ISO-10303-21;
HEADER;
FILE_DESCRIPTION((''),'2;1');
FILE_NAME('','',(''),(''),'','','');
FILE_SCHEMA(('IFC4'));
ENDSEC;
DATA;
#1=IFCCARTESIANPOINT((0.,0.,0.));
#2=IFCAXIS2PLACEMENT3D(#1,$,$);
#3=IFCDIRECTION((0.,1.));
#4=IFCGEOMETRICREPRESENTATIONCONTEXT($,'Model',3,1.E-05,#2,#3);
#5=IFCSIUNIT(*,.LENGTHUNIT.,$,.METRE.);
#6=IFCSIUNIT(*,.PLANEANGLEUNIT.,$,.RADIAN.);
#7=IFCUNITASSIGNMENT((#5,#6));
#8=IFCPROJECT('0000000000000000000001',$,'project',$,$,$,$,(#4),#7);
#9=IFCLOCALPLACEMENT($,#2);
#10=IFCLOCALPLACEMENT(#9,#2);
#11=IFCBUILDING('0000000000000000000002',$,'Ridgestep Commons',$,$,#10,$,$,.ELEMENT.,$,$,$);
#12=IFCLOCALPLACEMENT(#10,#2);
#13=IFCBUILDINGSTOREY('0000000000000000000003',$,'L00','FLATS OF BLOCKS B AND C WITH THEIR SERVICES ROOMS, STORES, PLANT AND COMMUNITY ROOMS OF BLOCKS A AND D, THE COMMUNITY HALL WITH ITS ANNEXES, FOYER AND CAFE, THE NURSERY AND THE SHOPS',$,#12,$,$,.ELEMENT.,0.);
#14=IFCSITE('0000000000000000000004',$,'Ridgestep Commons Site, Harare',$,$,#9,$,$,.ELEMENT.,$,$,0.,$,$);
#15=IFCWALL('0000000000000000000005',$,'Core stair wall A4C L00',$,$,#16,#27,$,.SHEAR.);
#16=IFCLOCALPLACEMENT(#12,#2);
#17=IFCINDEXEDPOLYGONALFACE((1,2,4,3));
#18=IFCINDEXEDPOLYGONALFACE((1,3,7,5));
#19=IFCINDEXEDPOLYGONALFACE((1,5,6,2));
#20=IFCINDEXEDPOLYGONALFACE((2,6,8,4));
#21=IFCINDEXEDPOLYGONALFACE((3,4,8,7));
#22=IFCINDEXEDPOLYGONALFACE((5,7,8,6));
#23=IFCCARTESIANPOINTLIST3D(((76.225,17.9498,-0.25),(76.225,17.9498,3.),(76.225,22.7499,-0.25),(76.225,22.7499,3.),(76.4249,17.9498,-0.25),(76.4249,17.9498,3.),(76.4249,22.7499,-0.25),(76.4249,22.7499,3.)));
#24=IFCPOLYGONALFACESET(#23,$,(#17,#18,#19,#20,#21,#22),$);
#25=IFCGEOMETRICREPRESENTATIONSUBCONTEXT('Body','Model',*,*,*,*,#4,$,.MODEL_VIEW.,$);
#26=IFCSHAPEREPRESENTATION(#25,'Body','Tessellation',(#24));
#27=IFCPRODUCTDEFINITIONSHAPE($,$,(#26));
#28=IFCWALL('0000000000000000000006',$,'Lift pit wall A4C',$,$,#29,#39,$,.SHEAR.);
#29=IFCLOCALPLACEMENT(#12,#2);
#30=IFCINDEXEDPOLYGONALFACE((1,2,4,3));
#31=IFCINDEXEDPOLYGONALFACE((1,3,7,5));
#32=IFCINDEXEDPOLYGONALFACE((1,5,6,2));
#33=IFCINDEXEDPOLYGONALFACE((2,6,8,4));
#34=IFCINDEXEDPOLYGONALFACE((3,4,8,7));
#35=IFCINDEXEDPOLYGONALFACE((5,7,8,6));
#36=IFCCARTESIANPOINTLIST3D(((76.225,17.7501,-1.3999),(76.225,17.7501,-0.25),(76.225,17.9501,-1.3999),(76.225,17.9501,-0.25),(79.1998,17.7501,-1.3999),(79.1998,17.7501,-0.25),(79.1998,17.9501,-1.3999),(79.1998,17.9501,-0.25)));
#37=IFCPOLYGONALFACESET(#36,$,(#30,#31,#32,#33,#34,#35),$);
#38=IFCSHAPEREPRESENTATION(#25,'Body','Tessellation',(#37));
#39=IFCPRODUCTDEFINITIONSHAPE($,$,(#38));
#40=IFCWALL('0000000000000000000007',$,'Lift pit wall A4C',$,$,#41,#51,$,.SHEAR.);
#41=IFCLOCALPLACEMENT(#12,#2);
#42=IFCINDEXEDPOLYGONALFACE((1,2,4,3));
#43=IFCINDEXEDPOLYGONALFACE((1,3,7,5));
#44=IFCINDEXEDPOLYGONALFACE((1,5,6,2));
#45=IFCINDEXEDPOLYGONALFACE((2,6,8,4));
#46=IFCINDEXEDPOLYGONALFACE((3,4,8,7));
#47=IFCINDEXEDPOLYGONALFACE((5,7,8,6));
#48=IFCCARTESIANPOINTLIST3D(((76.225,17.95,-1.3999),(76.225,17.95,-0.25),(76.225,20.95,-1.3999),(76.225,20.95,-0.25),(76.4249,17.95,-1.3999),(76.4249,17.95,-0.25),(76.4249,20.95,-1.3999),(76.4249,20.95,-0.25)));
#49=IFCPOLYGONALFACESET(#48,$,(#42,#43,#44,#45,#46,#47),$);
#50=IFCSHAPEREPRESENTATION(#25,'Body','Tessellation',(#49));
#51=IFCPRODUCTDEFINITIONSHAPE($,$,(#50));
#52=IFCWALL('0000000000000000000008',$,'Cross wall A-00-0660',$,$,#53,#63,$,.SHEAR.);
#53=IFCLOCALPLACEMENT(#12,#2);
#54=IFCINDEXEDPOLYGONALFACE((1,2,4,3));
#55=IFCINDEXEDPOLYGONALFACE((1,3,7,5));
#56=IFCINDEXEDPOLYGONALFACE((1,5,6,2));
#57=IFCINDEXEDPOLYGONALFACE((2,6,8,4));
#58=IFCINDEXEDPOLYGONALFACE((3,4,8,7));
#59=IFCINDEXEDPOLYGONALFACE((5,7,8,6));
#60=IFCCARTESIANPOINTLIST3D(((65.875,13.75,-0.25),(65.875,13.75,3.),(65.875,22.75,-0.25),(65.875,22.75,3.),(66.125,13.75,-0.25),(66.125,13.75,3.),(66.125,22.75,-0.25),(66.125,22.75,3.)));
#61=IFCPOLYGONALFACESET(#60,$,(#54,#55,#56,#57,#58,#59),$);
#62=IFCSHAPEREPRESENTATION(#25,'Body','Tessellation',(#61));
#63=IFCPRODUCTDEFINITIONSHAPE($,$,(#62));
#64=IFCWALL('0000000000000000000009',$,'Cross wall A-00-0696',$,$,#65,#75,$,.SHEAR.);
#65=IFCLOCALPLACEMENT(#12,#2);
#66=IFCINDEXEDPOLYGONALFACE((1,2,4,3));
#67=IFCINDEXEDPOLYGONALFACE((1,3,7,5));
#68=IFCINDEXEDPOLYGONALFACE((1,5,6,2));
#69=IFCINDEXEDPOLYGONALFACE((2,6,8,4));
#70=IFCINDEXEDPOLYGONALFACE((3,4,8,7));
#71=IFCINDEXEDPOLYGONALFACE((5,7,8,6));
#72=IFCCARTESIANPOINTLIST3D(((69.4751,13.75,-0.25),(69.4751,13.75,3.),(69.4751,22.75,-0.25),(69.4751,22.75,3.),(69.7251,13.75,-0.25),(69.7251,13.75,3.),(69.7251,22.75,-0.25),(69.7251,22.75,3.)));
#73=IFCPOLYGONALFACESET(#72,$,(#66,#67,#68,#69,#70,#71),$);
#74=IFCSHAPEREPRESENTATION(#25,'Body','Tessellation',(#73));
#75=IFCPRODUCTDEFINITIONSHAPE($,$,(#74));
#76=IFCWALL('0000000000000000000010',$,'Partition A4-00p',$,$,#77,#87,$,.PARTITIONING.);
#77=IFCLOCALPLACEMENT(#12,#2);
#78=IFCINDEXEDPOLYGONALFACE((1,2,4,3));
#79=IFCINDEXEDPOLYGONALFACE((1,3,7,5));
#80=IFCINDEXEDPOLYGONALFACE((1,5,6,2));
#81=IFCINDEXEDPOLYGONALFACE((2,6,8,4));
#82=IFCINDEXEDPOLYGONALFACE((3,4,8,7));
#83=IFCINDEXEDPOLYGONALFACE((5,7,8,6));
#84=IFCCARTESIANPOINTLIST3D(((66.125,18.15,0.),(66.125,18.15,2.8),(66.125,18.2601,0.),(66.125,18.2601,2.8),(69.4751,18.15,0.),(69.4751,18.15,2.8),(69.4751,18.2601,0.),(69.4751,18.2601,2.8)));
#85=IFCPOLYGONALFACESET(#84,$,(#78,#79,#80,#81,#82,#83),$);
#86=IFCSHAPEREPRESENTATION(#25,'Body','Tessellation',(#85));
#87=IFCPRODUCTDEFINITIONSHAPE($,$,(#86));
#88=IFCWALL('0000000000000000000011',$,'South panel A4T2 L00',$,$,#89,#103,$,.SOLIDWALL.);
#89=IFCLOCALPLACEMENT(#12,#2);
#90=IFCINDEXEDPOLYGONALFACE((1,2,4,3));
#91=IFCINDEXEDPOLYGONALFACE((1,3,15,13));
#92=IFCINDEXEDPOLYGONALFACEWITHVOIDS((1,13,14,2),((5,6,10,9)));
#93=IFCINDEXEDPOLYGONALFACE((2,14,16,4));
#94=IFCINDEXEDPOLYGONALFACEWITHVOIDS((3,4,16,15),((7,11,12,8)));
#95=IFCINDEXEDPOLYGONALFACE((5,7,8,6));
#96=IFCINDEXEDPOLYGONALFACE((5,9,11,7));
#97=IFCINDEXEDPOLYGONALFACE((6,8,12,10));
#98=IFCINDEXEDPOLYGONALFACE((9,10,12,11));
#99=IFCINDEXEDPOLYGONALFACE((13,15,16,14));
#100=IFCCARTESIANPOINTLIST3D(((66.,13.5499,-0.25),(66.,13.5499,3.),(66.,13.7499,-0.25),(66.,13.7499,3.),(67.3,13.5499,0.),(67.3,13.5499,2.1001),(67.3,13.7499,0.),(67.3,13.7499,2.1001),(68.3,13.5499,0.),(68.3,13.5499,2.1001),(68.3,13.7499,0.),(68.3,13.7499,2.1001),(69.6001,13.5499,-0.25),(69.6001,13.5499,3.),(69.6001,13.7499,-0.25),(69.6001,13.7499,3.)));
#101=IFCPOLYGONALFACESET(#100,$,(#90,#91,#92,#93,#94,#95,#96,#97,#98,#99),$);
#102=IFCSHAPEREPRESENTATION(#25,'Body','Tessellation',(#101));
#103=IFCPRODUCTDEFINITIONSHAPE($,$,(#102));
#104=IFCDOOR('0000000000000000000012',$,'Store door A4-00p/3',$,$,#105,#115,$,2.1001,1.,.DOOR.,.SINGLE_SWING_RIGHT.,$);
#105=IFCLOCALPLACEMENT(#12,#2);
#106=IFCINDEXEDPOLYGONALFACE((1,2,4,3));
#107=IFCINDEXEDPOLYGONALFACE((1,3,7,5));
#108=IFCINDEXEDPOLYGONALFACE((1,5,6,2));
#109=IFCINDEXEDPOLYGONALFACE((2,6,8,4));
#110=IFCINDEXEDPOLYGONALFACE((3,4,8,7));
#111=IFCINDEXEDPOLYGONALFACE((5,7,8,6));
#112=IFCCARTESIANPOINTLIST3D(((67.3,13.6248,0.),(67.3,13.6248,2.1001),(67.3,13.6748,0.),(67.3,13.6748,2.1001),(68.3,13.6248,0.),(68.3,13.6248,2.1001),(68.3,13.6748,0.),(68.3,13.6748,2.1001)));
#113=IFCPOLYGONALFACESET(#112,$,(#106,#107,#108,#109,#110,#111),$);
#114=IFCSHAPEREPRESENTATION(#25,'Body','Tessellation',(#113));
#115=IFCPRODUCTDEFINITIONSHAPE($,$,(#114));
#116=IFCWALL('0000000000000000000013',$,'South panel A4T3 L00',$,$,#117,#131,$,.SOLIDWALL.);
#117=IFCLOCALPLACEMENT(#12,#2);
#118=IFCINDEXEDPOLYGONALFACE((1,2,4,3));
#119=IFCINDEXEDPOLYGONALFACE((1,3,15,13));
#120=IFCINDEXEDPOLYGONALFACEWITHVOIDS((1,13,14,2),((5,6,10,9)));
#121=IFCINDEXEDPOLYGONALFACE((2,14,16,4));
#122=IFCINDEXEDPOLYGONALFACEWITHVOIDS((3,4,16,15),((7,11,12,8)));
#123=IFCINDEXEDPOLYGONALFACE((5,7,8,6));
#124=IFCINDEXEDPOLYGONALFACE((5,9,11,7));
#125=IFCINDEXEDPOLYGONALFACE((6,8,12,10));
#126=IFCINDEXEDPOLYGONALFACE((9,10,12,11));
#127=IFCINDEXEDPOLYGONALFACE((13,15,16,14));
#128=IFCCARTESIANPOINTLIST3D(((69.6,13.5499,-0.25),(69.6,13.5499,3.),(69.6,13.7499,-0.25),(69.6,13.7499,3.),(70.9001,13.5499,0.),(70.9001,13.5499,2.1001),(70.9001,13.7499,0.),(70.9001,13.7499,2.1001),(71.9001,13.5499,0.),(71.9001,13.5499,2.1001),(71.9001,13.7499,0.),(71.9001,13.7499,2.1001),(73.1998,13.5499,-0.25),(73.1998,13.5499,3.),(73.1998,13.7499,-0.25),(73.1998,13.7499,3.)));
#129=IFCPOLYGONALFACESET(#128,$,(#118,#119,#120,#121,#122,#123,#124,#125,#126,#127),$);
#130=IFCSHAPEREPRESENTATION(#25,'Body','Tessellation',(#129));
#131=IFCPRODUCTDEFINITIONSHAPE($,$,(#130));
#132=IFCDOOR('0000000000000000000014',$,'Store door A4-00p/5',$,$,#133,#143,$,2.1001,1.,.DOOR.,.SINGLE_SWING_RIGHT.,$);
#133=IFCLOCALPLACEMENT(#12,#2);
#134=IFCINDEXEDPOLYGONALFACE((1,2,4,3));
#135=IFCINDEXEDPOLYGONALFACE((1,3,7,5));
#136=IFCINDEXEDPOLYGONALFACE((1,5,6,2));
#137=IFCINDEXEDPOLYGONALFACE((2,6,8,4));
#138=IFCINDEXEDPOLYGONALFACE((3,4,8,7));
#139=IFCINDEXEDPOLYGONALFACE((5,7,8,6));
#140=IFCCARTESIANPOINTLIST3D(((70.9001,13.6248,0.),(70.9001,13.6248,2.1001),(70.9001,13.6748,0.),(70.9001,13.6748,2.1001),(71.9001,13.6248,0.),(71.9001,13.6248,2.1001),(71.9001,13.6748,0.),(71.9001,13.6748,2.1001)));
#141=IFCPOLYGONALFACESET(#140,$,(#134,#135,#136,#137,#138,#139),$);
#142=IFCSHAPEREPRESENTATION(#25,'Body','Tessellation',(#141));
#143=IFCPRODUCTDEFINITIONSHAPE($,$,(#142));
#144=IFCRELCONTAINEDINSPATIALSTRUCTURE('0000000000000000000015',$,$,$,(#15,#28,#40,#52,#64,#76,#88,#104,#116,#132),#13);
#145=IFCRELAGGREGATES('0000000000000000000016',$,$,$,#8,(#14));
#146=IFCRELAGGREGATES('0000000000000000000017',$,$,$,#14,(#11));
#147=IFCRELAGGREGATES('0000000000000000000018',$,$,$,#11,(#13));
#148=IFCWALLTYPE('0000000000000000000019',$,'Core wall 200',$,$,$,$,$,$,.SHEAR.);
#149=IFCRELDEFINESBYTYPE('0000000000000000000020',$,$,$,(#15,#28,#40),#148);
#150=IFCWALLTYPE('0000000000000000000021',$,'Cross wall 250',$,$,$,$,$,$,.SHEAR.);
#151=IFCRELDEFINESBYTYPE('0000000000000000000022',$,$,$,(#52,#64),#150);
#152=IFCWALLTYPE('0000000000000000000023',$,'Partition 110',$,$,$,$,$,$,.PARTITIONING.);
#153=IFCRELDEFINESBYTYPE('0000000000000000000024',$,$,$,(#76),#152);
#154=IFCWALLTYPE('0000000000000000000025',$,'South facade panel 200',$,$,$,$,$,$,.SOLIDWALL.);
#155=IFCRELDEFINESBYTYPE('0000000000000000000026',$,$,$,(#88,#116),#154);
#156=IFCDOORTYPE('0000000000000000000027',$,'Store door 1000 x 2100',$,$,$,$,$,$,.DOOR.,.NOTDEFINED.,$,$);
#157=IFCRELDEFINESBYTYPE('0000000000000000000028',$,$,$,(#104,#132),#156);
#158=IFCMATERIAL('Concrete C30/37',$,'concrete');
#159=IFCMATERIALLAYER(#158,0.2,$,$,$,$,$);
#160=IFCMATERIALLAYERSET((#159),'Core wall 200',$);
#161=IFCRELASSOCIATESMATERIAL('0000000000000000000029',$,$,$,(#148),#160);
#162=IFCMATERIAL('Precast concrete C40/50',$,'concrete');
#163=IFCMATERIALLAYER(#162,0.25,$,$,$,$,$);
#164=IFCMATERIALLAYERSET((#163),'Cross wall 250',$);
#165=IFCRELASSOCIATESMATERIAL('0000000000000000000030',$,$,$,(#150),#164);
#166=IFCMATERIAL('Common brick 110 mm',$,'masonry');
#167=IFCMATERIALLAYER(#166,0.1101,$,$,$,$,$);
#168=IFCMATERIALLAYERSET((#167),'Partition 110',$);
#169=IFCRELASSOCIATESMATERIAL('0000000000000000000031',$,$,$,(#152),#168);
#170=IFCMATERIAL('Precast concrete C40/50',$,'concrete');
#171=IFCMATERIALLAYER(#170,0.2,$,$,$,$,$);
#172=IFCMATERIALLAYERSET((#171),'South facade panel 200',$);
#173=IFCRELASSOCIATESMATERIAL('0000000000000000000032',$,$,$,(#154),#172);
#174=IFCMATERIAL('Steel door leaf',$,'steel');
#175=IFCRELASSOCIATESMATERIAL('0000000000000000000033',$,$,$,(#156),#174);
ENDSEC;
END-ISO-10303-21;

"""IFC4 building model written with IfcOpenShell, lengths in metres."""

from ifc_helpers import new_model, si_unit, direction, frame, frame_2d, origin, place, context, subcontext, project, spatial, rectangle, extrude, material, layer, layer_set, type_object, element, fill, save


model = new_model("IFC4")

# Units and contexts
model_context = context("Model", 3, precision=1e-05, world=origin(), true_north=direction((0.0, 1.0)))
body_context = subcontext(model_context, "Body", "Model", "MODEL_VIEW")
ifc_project = project(units=[si_unit("LENGTHUNIT", "METRE"), si_unit("PLANEANGLEUNIT", "RADIAN")], contexts=[model_context])

# Site, building, storey
site_placement = place(None, origin())
site = spatial("IfcSite", under=ifc_project, at=site_placement, Name="Ridgestep Commons Site, Harare", CompositionType="ELEMENT", RefElevation=0.0)
building_placement = place(site_placement, origin())
building = spatial("IfcBuilding", under=site, at=building_placement, Name="Ridgestep Commons", CompositionType="ELEMENT")
storey_placement = place(building_placement, origin())
storey = spatial("IfcBuildingStorey", under=building, at=storey_placement, Name="L00", Description="FLATS OF BLOCKS B AND C WITH THEIR SERVICES ROOMS, STORES, PLANT AND COMMUNITY ROOMS OF BLOCKS A AND D, THE COMMUNITY HALL WITH ITS ANNEXES, FOYER AND CAFE, THE NURSERY AND THE SHOPS", CompositionType="ELEMENT", Elevation=0.0)

# Shared definitions
ifc_material_1 = material(Name="Concrete C30/37", Category="concrete")
ifc_layer_1 = layer(ifc_material_1, 0.2)
ifc_layer_set_1 = layer_set([ifc_layer_1], Name="Core wall 200")
wall_type_1 = type_object("IfcWallType", Name="Core wall 200", PredefinedType="SHEAR", material=ifc_layer_set_1)

# Walls
wall_1_placement = place(storey_placement, frame((76.325, 17.95, -0.25), z_axis=(0.0, 0.0, 1.0), x_axis=(0.0, 1.0, 0.0)))
element("IfcWall", 1, at=wall_1_placement, inside=storey, type_object=wall_type_1, Name="Core stair wall A4C L00", PredefinedType="SHEAR", context=body_context, shape_type="SweptSolid", body=[
    extrude(rectangle(XDim=4.8, YDim=0.2, at=frame_2d((2.3999, 0.0))), origin(), (0.0, 0.0, 1.0), 3.25),
])
wall_2_placement = place(storey_placement, frame((76.2251, 17.8501, -1.3999), z_axis=(0.0, 0.0, 1.0), x_axis=(1.0, 0.0, 0.0)))
element("IfcWall", 2, at=wall_2_placement, inside=storey, type_object=wall_type_1, Name="Lift pit wall A4C", PredefinedType="SHEAR", context=body_context, shape_type="SweptSolid", body=[
    extrude(rectangle(XDim=2.9749, YDim=0.2, at=frame_2d((1.4873, 0.0))), origin(), (0.0, 0.0, 1.0), 1.1499),
])
wall_3_placement = place(storey_placement, frame((76.325, 17.95, -1.3999), z_axis=(0.0, 0.0, 1.0), x_axis=(0.0, 1.0, 0.0)))
element("IfcWall", 3, at=wall_3_placement, inside=storey, type_object=wall_type_1, Name="Lift pit wall A4C", PredefinedType="SHEAR", context=body_context, shape_type="SweptSolid", body=[
    extrude(rectangle(XDim=3.0, YDim=0.2, at=frame_2d((1.5, 0.0))), origin(), (0.0, 0.0, 1.0), 1.1499),
])
ifc_material_2 = material(Name="Precast concrete C40/50", Category="concrete")
ifc_layer_2 = layer(ifc_material_2, 0.25)
ifc_layer_set_2 = layer_set([ifc_layer_2], Name="Cross wall 250")
wall_type_2 = type_object("IfcWallType", Name="Cross wall 250", PredefinedType="SHEAR", material=ifc_layer_set_2)
for number, where, z_axis, x_axis, name in (
    (4, (66.0, 13.75, -0.25), (0.0, 0.0, 1.0), (0.0, 1.0, 0.0), "Cross wall A-00-0660"),
    (5, (69.6001, 13.75, -0.25), (0.0, 0.0, 1.0), (0.0, 1.0, 0.0), "Cross wall A-00-0696"),
):
    element("IfcWall", number, at=place(storey_placement, frame(where, z_axis=z_axis, x_axis=x_axis)), inside=storey, type_object=wall_type_2, Name=name, PredefinedType="SHEAR", context=body_context, shape_type="SweptSolid", body=[
        extrude(rectangle(XDim=9.0, YDim=0.25, at=frame_2d((4.5, 0.0))), origin(), (0.0, 0.0, 1.0), 3.25),
    ])
ifc_material_3 = material(Name="Common brick 110 mm", Category="masonry")
ifc_layer_3 = layer(ifc_material_3, 0.1101)
ifc_layer_set_3 = layer_set([ifc_layer_3], Name="Partition 110")
wall_type_3 = type_object("IfcWallType", Name="Partition 110", PredefinedType="PARTITIONING", material=ifc_layer_set_3)
wall_4_placement = place(storey_placement, frame((66.125, 18.2051, 0.0), z_axis=(0.0, 0.0, 1.0), x_axis=(1.0, 0.0, 0.0)))
element("IfcWall", 6, at=wall_4_placement, inside=storey, type_object=wall_type_3, Name="Partition A4-00p", PredefinedType="PARTITIONING", context=body_context, shape_type="SweptSolid", body=[
    extrude(rectangle(XDim=3.3501, YDim=0.1101, at=frame_2d((1.675, 0.0))), origin(), (0.0, 0.0, 1.0), 2.8),
])

# Walls, openings, doors
ifc_material_4 = material(Name="Precast concrete C40/50", Category="concrete")
ifc_layer_4 = layer(ifc_material_4, 0.2)
ifc_layer_set_4 = layer_set([ifc_layer_4], Name="South facade panel 200")
wall_type_4 = type_object("IfcWallType", Name="South facade panel 200", PredefinedType="SOLIDWALL", material=ifc_layer_set_4)
wall_5_placement = place(storey_placement, frame((66.0, 13.6499, -0.25), z_axis=(0.0, 0.0, 1.0), x_axis=(1.0, 0.0, 0.0)))
wall_5 = element("IfcWall", 7, at=wall_5_placement, inside=storey, type_object=wall_type_4, Name="South panel A4T2 L00", PredefinedType="SOLIDWALL", context=body_context, shape_type="SweptSolid", body=[
    extrude(rectangle(XDim=3.6001, YDim=0.2, at=frame_2d((1.8, 0.0))), origin(), (0.0, 0.0, 1.0), 3.25),
])
opening_1_placement = place(wall_5_placement, frame((1.3, 0.0, 0.25)))
opening_1 = element("IfcOpeningElement", 8, at=opening_1_placement, cuts=wall_5, PredefinedType="OPENING", context=body_context, shape_type="SweptSolid", body=[
    extrude(rectangle(XDim=1.0, YDim=2.1001, at=frame_2d((0.5, 1.05))), frame((0.0, 0.1099, 0.0), z_axis=(0.0, -1.0, 0.0), x_axis=(1.0, 0.0, 0.0)), (0.0, 0.0, 1.0), 0.22),
])
ifc_material_5 = material(Name="Steel door leaf", Category="steel")
door_type_1 = type_object("IfcDoorType", Name="Store door 1000 x 2100", OperationType="NOTDEFINED", PredefinedType="DOOR", material=ifc_material_5)
door_1_placement = place(opening_1_placement, origin())
door_1 = element("IfcDoor", 9, at=door_1_placement, inside=storey, type_object=door_type_1, Name="Store door A4-00p/3", OperationType="SINGLE_SWING_RIGHT", OverallHeight=2.1001, OverallWidth=1.0, PredefinedType="DOOR", context=body_context, shape_type="SweptSolid", body=[
    extrude(rectangle(XDim=1.0, YDim=2.1001, at=frame_2d((0.5, 1.05))), frame((0.0, 0.0249, 0.0), z_axis=(0.0, -1.0, 0.0), x_axis=(1.0, 0.0, 0.0)), (0.0, 0.0, 1.0), 0.05),
])
fill(opening_1, door_1)
wall_6_placement = place(storey_placement, frame((69.6001, 13.6499, -0.25), z_axis=(0.0, 0.0, 1.0), x_axis=(1.0, 0.0, 0.0)))
wall_6 = element("IfcWall", 10, at=wall_6_placement, inside=storey, type_object=wall_type_4, Name="South panel A4T3 L00", PredefinedType="SOLIDWALL", context=body_context, shape_type="SweptSolid", body=[
    extrude(rectangle(XDim=3.5999, YDim=0.2, at=frame_2d((1.7998, 0.0))), origin(), (0.0, 0.0, 1.0), 3.25),
])
opening_2_placement = place(wall_6_placement, frame((1.3, 0.0, 0.25)))
opening_2 = element("IfcOpeningElement", 11, at=opening_2_placement, cuts=wall_6, PredefinedType="OPENING", context=body_context, shape_type="SweptSolid", body=[
    extrude(rectangle(XDim=1.0, YDim=2.1001, at=frame_2d((0.5, 1.05))), frame((0.0, 0.1099, 0.0), z_axis=(0.0, -1.0, 0.0), x_axis=(1.0, 0.0, 0.0)), (0.0, 0.0, 1.0), 0.22),
])
door_2_placement = place(opening_2_placement, origin())
door_2 = element("IfcDoor", 12, at=door_2_placement, inside=storey, type_object=door_type_1, Name="Store door A4-00p/5", OperationType="SINGLE_SWING_RIGHT", OverallHeight=2.1001, OverallWidth=1.0, PredefinedType="DOOR", context=body_context, shape_type="SweptSolid", body=[
    extrude(rectangle(XDim=1.0, YDim=2.1001, at=frame_2d((0.5, 1.05))), frame((0.0, 0.0249, 0.0), z_axis=(0.0, -1.0, 0.0), x_axis=(1.0, 0.0, 0.0)), (0.0, 0.0, 1.0), 0.05),
])
fill(opening_2, door_2)

save(model, "model.ifc")
